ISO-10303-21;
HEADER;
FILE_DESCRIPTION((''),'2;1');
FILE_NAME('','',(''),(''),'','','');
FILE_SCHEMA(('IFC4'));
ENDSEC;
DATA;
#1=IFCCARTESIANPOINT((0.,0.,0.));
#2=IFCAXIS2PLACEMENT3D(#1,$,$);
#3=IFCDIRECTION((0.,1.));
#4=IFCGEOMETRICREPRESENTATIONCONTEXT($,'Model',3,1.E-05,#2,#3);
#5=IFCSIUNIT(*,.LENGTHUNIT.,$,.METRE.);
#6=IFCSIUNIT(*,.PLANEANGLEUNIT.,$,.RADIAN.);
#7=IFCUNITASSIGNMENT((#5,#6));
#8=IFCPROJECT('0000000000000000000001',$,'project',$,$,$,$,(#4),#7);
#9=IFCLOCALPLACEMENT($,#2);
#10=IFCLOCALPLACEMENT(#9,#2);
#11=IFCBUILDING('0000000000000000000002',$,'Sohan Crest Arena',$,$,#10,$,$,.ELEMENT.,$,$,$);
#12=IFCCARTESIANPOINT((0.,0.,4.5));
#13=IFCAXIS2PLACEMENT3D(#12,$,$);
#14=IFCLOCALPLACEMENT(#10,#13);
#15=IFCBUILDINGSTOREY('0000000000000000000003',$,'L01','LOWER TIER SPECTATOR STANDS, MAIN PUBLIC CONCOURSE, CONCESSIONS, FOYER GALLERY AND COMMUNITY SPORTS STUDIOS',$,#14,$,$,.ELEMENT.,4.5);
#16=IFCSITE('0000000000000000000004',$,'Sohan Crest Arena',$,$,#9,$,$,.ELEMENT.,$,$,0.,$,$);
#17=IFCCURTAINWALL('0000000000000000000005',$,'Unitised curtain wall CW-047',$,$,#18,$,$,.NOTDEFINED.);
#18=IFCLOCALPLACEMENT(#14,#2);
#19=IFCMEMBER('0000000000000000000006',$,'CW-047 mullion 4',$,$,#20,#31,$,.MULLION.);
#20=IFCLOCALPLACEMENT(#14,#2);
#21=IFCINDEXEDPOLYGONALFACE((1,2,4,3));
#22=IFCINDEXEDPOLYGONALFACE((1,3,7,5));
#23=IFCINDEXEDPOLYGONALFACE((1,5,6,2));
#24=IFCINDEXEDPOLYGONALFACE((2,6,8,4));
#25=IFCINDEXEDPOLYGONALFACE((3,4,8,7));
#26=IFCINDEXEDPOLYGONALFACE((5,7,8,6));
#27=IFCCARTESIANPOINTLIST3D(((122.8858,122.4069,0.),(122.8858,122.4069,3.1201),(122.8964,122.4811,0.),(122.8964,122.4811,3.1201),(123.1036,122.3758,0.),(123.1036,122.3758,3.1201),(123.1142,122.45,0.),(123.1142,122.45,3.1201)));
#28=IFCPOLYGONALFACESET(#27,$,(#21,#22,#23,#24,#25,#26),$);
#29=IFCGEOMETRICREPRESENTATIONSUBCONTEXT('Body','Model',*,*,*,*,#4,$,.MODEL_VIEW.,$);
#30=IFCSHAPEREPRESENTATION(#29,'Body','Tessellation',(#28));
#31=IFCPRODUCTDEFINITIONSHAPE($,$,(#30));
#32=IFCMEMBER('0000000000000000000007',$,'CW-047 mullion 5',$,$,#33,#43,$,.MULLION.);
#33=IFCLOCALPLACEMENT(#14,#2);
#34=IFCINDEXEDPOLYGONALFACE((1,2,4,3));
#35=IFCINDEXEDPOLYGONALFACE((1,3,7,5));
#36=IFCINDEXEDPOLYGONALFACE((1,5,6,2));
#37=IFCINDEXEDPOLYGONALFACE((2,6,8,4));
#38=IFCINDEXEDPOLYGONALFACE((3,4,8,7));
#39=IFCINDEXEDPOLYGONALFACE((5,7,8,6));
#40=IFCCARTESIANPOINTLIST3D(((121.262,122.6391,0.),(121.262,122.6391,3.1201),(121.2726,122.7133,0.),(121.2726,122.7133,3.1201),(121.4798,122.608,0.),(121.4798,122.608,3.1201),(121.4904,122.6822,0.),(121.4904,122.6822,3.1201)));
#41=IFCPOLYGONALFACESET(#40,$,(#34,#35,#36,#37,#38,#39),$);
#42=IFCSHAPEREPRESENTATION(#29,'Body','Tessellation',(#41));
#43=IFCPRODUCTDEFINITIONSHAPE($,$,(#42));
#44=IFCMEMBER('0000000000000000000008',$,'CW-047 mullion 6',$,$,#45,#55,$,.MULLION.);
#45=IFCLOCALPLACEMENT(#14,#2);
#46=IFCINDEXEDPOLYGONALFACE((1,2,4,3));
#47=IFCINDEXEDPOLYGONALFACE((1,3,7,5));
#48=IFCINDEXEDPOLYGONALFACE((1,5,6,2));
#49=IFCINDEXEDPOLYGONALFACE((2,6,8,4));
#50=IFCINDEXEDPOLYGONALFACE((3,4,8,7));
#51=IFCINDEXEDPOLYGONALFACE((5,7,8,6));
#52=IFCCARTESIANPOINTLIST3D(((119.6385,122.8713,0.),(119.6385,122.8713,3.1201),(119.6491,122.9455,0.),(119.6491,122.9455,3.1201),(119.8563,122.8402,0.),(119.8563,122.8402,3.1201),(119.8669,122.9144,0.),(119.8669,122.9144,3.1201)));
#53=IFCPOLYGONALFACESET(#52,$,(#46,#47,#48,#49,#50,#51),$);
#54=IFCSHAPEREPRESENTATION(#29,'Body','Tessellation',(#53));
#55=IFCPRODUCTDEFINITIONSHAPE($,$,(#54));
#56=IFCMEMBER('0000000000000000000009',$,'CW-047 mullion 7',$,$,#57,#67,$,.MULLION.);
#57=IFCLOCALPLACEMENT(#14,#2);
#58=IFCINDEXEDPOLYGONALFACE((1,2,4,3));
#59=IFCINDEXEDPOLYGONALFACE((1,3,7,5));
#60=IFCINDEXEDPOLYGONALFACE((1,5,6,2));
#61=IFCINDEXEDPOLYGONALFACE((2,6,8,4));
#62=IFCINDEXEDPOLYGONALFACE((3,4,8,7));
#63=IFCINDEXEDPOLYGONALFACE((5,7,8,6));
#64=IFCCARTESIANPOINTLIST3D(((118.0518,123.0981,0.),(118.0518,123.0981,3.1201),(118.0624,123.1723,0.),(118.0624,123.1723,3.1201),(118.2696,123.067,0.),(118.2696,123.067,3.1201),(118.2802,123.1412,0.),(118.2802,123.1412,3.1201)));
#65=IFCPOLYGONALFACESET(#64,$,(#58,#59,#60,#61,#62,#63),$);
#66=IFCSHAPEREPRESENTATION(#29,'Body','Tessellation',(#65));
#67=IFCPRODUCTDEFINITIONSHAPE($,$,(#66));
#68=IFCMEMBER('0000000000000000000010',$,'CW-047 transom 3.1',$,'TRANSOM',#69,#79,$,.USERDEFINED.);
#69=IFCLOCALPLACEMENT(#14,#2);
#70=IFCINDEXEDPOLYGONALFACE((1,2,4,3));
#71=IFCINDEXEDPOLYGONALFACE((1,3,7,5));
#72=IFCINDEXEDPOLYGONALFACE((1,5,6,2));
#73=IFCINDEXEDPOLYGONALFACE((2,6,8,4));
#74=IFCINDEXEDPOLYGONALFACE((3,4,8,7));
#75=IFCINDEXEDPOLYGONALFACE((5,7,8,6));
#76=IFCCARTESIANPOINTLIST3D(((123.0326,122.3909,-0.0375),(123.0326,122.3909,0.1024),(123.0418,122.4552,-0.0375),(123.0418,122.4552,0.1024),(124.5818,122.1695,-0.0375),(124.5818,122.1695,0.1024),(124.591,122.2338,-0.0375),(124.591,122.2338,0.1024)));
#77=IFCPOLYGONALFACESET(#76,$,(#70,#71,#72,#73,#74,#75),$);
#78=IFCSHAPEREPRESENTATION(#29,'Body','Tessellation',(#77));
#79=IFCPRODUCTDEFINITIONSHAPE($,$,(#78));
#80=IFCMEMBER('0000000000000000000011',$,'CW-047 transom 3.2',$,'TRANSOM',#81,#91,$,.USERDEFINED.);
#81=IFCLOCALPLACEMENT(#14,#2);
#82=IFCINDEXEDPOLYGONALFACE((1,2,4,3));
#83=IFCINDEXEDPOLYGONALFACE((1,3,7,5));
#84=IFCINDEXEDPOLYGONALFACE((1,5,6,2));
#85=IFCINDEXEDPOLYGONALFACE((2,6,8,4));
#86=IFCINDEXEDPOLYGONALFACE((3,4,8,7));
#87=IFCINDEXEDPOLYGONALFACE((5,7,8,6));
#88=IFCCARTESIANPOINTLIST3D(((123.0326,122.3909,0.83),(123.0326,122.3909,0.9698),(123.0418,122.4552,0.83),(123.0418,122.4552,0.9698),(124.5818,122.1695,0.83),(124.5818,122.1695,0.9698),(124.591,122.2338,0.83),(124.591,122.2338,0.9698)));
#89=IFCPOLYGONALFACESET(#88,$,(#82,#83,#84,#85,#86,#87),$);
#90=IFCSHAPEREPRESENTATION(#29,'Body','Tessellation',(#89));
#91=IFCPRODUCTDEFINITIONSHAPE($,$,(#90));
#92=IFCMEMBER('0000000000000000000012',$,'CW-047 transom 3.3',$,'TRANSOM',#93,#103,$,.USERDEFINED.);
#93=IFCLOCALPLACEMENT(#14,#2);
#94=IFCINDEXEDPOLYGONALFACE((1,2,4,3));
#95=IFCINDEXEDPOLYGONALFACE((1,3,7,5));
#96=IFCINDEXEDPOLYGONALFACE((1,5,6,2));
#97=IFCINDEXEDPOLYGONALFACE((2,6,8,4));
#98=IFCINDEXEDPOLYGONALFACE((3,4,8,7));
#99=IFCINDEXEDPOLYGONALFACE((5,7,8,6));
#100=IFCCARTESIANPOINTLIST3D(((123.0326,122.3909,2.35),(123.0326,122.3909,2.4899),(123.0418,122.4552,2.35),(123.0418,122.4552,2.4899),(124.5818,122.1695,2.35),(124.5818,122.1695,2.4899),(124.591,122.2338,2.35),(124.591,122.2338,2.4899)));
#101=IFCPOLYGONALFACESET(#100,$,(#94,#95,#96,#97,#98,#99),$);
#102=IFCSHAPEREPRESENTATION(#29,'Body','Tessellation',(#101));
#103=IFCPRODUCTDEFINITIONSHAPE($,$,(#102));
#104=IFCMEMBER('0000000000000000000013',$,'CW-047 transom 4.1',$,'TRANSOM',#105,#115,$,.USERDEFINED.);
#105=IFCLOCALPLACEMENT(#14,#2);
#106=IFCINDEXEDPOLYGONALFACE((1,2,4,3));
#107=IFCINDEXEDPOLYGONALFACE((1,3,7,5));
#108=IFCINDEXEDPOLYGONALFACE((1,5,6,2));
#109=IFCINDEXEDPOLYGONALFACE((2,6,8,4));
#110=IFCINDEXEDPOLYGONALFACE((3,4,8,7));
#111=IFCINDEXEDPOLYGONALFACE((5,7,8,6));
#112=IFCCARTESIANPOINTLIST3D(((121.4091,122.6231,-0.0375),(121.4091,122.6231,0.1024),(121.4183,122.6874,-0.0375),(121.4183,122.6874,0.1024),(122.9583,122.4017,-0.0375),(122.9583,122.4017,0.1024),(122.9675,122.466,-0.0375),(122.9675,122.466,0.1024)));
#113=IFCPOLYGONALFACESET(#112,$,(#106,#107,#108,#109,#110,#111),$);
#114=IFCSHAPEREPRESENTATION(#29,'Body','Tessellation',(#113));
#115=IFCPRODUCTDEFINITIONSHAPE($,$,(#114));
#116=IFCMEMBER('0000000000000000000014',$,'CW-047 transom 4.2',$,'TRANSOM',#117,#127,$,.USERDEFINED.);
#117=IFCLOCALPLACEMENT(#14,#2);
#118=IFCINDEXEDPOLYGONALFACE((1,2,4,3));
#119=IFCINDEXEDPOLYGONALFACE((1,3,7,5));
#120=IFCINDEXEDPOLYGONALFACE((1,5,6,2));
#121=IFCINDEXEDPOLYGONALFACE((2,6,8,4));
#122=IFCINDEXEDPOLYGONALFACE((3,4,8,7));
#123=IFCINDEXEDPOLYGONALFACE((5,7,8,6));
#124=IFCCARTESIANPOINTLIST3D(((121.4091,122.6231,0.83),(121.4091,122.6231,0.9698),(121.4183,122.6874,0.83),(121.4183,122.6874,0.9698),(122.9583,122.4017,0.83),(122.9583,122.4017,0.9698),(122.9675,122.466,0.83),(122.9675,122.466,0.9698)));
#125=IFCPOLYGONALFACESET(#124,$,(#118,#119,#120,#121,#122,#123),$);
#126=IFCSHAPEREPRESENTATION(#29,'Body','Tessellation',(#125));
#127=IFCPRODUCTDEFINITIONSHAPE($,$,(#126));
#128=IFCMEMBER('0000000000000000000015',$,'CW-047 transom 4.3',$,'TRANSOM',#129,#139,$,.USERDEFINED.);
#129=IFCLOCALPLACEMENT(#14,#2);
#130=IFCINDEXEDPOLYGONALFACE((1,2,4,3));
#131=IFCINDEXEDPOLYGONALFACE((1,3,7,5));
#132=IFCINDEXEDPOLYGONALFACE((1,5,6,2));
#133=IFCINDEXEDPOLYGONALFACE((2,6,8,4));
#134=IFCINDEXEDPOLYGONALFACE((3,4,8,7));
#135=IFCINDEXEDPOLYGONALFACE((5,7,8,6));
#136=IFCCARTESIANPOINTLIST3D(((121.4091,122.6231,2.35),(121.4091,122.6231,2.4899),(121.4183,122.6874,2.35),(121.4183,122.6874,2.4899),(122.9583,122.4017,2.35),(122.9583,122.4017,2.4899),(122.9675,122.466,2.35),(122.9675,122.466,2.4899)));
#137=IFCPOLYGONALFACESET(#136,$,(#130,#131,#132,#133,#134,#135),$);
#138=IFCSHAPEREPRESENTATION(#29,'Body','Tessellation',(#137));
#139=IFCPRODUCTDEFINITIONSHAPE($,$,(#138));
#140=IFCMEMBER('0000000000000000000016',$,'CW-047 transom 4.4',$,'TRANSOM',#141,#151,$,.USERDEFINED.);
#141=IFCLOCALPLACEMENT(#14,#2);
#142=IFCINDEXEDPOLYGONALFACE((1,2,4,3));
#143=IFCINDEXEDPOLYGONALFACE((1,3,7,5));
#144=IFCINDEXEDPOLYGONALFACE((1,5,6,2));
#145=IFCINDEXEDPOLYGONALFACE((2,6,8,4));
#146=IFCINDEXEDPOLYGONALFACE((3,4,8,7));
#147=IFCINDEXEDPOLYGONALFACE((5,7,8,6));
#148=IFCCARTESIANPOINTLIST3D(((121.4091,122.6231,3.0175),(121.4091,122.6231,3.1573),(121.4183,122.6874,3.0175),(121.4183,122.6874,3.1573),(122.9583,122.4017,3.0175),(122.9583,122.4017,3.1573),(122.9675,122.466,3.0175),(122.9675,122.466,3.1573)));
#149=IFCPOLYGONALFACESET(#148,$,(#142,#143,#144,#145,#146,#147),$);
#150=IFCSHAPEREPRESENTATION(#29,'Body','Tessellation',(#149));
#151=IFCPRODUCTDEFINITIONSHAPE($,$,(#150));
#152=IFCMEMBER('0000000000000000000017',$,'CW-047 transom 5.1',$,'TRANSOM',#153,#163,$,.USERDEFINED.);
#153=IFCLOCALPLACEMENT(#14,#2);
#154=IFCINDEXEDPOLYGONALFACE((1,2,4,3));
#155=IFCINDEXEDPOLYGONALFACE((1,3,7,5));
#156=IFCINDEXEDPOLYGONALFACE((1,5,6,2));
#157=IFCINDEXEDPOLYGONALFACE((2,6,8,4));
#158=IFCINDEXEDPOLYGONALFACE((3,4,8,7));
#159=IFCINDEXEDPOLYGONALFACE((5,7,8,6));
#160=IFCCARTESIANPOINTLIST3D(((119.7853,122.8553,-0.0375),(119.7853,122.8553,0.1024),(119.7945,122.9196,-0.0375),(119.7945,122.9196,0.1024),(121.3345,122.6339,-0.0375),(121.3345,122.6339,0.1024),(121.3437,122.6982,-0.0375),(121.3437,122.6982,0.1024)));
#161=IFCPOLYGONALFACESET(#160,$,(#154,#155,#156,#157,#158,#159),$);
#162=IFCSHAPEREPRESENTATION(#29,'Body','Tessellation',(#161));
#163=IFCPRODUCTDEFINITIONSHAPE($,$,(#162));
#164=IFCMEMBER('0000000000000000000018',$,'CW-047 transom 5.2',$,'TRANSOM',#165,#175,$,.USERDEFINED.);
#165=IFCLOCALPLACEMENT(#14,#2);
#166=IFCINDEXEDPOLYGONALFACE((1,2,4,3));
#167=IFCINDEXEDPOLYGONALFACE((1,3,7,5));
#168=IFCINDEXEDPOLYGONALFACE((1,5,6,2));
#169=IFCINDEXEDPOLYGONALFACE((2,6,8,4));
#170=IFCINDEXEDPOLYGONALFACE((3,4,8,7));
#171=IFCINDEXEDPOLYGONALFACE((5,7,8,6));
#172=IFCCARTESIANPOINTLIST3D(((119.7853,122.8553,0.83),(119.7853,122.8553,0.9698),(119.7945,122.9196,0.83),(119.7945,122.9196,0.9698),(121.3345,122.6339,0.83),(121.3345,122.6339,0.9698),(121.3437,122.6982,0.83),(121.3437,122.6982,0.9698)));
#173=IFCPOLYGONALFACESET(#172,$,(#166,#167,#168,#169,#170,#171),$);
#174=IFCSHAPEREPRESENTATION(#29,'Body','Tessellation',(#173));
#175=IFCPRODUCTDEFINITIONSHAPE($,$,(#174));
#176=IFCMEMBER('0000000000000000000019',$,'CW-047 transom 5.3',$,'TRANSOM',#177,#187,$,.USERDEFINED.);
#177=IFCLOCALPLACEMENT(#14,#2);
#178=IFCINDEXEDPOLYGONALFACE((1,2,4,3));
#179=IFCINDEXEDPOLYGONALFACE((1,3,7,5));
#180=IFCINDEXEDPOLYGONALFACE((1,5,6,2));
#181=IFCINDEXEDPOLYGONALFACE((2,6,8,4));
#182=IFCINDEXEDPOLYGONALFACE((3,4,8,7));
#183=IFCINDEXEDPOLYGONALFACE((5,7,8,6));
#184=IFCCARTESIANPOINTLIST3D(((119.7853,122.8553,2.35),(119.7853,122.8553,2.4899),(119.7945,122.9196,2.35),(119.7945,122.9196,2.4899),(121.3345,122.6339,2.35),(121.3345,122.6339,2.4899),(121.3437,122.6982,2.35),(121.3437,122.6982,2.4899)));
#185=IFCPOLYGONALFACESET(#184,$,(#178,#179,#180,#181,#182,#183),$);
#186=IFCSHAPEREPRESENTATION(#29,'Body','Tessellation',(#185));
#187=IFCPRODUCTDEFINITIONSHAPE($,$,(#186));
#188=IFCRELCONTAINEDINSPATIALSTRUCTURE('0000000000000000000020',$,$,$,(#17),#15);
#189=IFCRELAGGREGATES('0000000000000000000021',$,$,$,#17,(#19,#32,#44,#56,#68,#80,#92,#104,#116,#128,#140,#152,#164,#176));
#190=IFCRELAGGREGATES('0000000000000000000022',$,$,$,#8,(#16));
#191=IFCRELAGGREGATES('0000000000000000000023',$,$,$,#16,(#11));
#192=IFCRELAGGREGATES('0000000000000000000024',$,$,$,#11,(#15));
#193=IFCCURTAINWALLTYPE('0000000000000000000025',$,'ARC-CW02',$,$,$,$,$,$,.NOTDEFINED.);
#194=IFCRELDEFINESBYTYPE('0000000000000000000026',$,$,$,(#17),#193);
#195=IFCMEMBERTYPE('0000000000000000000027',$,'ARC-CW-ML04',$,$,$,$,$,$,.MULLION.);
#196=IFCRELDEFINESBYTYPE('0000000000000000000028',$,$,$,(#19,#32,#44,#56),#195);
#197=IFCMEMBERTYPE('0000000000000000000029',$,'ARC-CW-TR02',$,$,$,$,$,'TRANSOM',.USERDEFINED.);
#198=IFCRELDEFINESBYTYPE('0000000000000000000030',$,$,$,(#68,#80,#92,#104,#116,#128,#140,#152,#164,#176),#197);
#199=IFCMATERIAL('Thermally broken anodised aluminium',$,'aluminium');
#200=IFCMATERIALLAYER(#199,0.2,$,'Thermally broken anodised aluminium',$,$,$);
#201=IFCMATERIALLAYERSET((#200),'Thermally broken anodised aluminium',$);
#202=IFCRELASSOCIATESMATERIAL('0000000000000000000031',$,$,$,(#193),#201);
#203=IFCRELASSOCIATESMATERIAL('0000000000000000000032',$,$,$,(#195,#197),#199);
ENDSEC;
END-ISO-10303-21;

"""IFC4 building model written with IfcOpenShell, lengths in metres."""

from ifc_helpers import new_model, si_unit, direction, frame, origin, origin_2d, place, context, subcontext, project, spatial, rectangle, extrude, material, layer, layer_set, material_profile, profile_set, type_object, element, aggregate, save


model = new_model("IFC4")

# Units and contexts
model_context = context("Model", 3, precision=1e-05, world=origin(), true_north=direction((0.0, 1.0)))
body_context = subcontext(model_context, "Body", "Model", "MODEL_VIEW")
ifc_project = project(units=[si_unit("LENGTHUNIT", "METRE"), si_unit("PLANEANGLEUNIT", "RADIAN")], contexts=[model_context])

# Site, building, storey
site_placement = place(None, origin())
site = spatial("IfcSite", under=ifc_project, at=site_placement, Name="Sohan Crest Arena", CompositionType="ELEMENT", RefElevation=0.0)
building_placement = place(site_placement, origin())
building = spatial("IfcBuilding", under=site, at=building_placement, Name="Sohan Crest Arena", CompositionType="ELEMENT")
storey_placement = place(building_placement, frame((0.0, 0.0, 4.5)))
storey = spatial("IfcBuildingStorey", under=building, at=storey_placement, Name="L01", Description="LOWER TIER SPECTATOR STANDS, MAIN PUBLIC CONCOURSE, CONCESSIONS, FOYER GALLERY AND COMMUNITY SPORTS STUDIOS", CompositionType="ELEMENT", Elevation=4.5)

# Curtain wall, members
ifc_material_1 = material(Name="Thermally broken anodised aluminium", Category="aluminium")
ifc_layer_1 = layer(ifc_material_1, 0.2, Name="Thermally broken anodised aluminium")
ifc_layer_set_1 = layer_set([ifc_layer_1], Name="Thermally broken anodised aluminium")
curtain_wall_type = type_object("IfcCurtainWallType", Name="ARC-CW02", PredefinedType="NOTDEFINED", material=ifc_layer_set_1)
curtain_wall_placement = place(storey_placement, origin())
curtain_wall = element("IfcCurtainWall", 1, at=curtain_wall_placement, inside=storey, type_object=curtain_wall_type, Name="Unitised curtain wall CW-047", PredefinedType="NOTDEFINED")
ifc_material_profile_1 = material_profile(ifc_material_1, rectangle(XDim=0.075, YDim=0.22, at=origin_2d()), Name="ALU-MULL 75x220")
ifc_profile_set_1 = profile_set([ifc_material_profile_1], Name="Thermally broken anodised aluminium")
member_type_1 = type_object("IfcMemberType", Name="ARC-CW-ML04", PredefinedType="MULLION", material=ifc_profile_set_1)
member_1_placement = place(storey_placement, frame((123.0, 122.4285, 0.0), z_axis=(0.0, 0.0, 1.0), x_axis=(-0.141549, -0.989931, 0.0)))
member_1 = element("IfcMember", 2, at=member_1_placement, type_object=member_type_1, Name="CW-047 mullion 4", PredefinedType="MULLION", context=body_context, shape_type="SweptSolid", body=[
    extrude(rectangle(XDim=0.075, YDim=0.22, at=origin_2d()), origin(), (0.0, 0.0, 1.0), 3.1201),
])
member_2_placement = place(storey_placement, frame((121.3762, 122.6606, 0.0), z_axis=(0.0, 0.0, 1.0), x_axis=(-0.141549, -0.989931, 0.0)))
member_2 = element("IfcMember", 3, at=member_2_placement, type_object=member_type_1, Name="CW-047 mullion 5", PredefinedType="MULLION", context=body_context, shape_type="SweptSolid", body=[
    extrude(rectangle(XDim=0.075, YDim=0.22, at=origin_2d()), origin(), (0.0, 0.0, 1.0), 3.1201),
])
member_3_placement = place(storey_placement, frame((119.7527, 122.8928, 0.0), z_axis=(0.0, 0.0, 1.0), x_axis=(-0.141549, -0.989931, 0.0)))
member_3 = element("IfcMember", 4, at=member_3_placement, type_object=member_type_1, Name="CW-047 mullion 6", PredefinedType="MULLION", context=body_context, shape_type="SweptSolid", body=[
    extrude(rectangle(XDim=0.075, YDim=0.22, at=origin_2d()), origin(), (0.0, 0.0, 1.0), 3.1201),
])
member_4_placement = place(storey_placement, frame((118.166, 123.1196, 0.0), z_axis=(0.0, 0.0, 1.0), x_axis=(-0.141549, -0.989931, 0.0)))
member_4 = element("IfcMember", 5, at=member_4_placement, type_object=member_type_1, Name="CW-047 mullion 7", PredefinedType="MULLION", context=body_context, shape_type="SweptSolid", body=[
    extrude(rectangle(XDim=0.075, YDim=0.22, at=origin_2d()), origin(), (0.0, 0.0, 1.0), 3.1201),
])
ifc_material_profile_2 = material_profile(ifc_material_1, rectangle(XDim=0.0649, YDim=0.1399, at=origin_2d()), Name="ALU-TRAN 65x140")
ifc_profile_set_2 = profile_set([ifc_material_profile_2], Name="Thermally broken anodised aluminium")
member_type_2 = type_object("IfcMemberType", Name="ARC-CW-TR02", ElementType="TRANSOM", PredefinedType="USERDEFINED", material=ifc_profile_set_2)
member_5_placement = place(storey_placement, frame((124.5864, 122.2017, 0.0325), z_axis=(-0.98994, 0.141487, 0.0), x_axis=(-0.141487, -0.98994, 0.0)))
member_5 = element("IfcMember", 6, at=member_5_placement, type_object=member_type_2, Name="CW-047 transom 3.1", ObjectType="TRANSOM", PredefinedType="USERDEFINED", context=body_context, shape_type="SweptSolid", body=[
    extrude(rectangle(XDim=0.0649, YDim=0.1399, at=origin_2d()), origin(), (0.0, 0.0, 1.0), 1.5649),
])
member_6_placement = place(storey_placement, frame((124.5864, 122.2017, 0.8999), z_axis=(-0.98994, 0.141487, 0.0), x_axis=(-0.141487, -0.98994, 0.0)))
member_6 = element("IfcMember", 7, at=member_6_placement, type_object=member_type_2, Name="CW-047 transom 3.2", ObjectType="TRANSOM", PredefinedType="USERDEFINED", context=body_context, shape_type="SweptSolid", body=[
    extrude(rectangle(XDim=0.0649, YDim=0.1399, at=origin_2d()), origin(), (0.0, 0.0, 1.0), 1.5649),
])
member_7_placement = place(storey_placement, frame((124.5864, 122.2017, 2.4199), z_axis=(-0.98994, 0.141487, 0.0), x_axis=(-0.141487, -0.98994, 0.0)))
member_7 = element("IfcMember", 8, at=member_7_placement, type_object=member_type_2, Name="CW-047 transom 3.3", ObjectType="TRANSOM", PredefinedType="USERDEFINED", context=body_context, shape_type="SweptSolid", body=[
    extrude(rectangle(XDim=0.0649, YDim=0.1399, at=origin_2d()), origin(), (0.0, 0.0, 1.0), 1.5649),
])
member_8_placement = place(storey_placement, frame((122.9629, 122.4338, 0.0325), z_axis=(-0.98994, 0.141487, 0.0), x_axis=(-0.141487, -0.98994, 0.0)))
member_8 = element("IfcMember", 9, at=member_8_placement, type_object=member_type_2, Name="CW-047 transom 4.1", ObjectType="TRANSOM", PredefinedType="USERDEFINED", context=body_context, shape_type="SweptSolid", body=[
    extrude(rectangle(XDim=0.0649, YDim=0.1399, at=origin_2d()), origin(), (0.0, 0.0, 1.0), 1.5649),
])
member_9_placement = place(storey_placement, frame((122.9629, 122.4338, 0.8999), z_axis=(-0.98994, 0.141487, 0.0), x_axis=(-0.141487, -0.98994, 0.0)))
member_9 = element("IfcMember", 10, at=member_9_placement, type_object=member_type_2, Name="CW-047 transom 4.2", ObjectType="TRANSOM", PredefinedType="USERDEFINED", context=body_context, shape_type="SweptSolid", body=[
    extrude(rectangle(XDim=0.0649, YDim=0.1399, at=origin_2d()), origin(), (0.0, 0.0, 1.0), 1.5649),
])
member_10_placement = place(storey_placement, frame((122.9629, 122.4338, 2.4199), z_axis=(-0.98994, 0.141487, 0.0), x_axis=(-0.141487, -0.98994, 0.0)))
member_10 = element("IfcMember", 11, at=member_10_placement, type_object=member_type_2, Name="CW-047 transom 4.3", ObjectType="TRANSOM", PredefinedType="USERDEFINED", context=body_context, shape_type="SweptSolid", body=[
    extrude(rectangle(XDim=0.0649, YDim=0.1399, at=origin_2d()), origin(), (0.0, 0.0, 1.0), 1.5649),
])
member_11_placement = place(storey_placement, frame((122.9629, 122.4338, 3.0874), z_axis=(-0.98994, 0.141487, 0.0), x_axis=(-0.141487, -0.98994, 0.0)))
member_11 = element("IfcMember", 12, at=member_11_placement, type_object=member_type_2, Name="CW-047 transom 4.4", ObjectType="TRANSOM", PredefinedType="USERDEFINED", context=body_context, shape_type="SweptSolid", body=[
    extrude(rectangle(XDim=0.0649, YDim=0.1399, at=origin_2d()), origin(), (0.0, 0.0, 1.0), 1.5649),
])
member_12_placement = place(storey_placement, frame((121.3391, 122.666, 0.0325), z_axis=(-0.98994, 0.141487, 0.0), x_axis=(-0.141487, -0.98994, 0.0)))
member_12 = element("IfcMember", 13, at=member_12_placement, type_object=member_type_2, Name="CW-047 transom 5.1", ObjectType="TRANSOM", PredefinedType="USERDEFINED", context=body_context, shape_type="SweptSolid", body=[
    extrude(rectangle(XDim=0.0649, YDim=0.1399, at=origin_2d()), origin(), (0.0, 0.0, 1.0), 1.5649),
])
member_13_placement = place(storey_placement, frame((121.3391, 122.666, 0.8999), z_axis=(-0.98994, 0.141487, 0.0), x_axis=(-0.141487, -0.98994, 0.0)))
member_13 = element("IfcMember", 14, at=member_13_placement, type_object=member_type_2, Name="CW-047 transom 5.2", ObjectType="TRANSOM", PredefinedType="USERDEFINED", context=body_context, shape_type="SweptSolid", body=[
    extrude(rectangle(XDim=0.0649, YDim=0.1399, at=origin_2d()), origin(), (0.0, 0.0, 1.0), 1.5649),
])
member_14_placement = place(storey_placement, frame((121.3391, 122.666, 2.4199), z_axis=(-0.98994, 0.141487, 0.0), x_axis=(-0.141487, -0.98994, 0.0)))
member_14 = element("IfcMember", 15, at=member_14_placement, type_object=member_type_2, Name="CW-047 transom 5.3", ObjectType="TRANSOM", PredefinedType="USERDEFINED", context=body_context, shape_type="SweptSolid", body=[
    extrude(rectangle(XDim=0.0649, YDim=0.1399, at=origin_2d()), origin(), (0.0, 0.0, 1.0), 1.5649),
])
aggregate(curtain_wall, [member_1, member_2, member_3, member_4, member_5, member_6, member_7, member_8, member_9, member_10, member_11, member_12, member_13, member_14])

save(model, "model.ifc")
